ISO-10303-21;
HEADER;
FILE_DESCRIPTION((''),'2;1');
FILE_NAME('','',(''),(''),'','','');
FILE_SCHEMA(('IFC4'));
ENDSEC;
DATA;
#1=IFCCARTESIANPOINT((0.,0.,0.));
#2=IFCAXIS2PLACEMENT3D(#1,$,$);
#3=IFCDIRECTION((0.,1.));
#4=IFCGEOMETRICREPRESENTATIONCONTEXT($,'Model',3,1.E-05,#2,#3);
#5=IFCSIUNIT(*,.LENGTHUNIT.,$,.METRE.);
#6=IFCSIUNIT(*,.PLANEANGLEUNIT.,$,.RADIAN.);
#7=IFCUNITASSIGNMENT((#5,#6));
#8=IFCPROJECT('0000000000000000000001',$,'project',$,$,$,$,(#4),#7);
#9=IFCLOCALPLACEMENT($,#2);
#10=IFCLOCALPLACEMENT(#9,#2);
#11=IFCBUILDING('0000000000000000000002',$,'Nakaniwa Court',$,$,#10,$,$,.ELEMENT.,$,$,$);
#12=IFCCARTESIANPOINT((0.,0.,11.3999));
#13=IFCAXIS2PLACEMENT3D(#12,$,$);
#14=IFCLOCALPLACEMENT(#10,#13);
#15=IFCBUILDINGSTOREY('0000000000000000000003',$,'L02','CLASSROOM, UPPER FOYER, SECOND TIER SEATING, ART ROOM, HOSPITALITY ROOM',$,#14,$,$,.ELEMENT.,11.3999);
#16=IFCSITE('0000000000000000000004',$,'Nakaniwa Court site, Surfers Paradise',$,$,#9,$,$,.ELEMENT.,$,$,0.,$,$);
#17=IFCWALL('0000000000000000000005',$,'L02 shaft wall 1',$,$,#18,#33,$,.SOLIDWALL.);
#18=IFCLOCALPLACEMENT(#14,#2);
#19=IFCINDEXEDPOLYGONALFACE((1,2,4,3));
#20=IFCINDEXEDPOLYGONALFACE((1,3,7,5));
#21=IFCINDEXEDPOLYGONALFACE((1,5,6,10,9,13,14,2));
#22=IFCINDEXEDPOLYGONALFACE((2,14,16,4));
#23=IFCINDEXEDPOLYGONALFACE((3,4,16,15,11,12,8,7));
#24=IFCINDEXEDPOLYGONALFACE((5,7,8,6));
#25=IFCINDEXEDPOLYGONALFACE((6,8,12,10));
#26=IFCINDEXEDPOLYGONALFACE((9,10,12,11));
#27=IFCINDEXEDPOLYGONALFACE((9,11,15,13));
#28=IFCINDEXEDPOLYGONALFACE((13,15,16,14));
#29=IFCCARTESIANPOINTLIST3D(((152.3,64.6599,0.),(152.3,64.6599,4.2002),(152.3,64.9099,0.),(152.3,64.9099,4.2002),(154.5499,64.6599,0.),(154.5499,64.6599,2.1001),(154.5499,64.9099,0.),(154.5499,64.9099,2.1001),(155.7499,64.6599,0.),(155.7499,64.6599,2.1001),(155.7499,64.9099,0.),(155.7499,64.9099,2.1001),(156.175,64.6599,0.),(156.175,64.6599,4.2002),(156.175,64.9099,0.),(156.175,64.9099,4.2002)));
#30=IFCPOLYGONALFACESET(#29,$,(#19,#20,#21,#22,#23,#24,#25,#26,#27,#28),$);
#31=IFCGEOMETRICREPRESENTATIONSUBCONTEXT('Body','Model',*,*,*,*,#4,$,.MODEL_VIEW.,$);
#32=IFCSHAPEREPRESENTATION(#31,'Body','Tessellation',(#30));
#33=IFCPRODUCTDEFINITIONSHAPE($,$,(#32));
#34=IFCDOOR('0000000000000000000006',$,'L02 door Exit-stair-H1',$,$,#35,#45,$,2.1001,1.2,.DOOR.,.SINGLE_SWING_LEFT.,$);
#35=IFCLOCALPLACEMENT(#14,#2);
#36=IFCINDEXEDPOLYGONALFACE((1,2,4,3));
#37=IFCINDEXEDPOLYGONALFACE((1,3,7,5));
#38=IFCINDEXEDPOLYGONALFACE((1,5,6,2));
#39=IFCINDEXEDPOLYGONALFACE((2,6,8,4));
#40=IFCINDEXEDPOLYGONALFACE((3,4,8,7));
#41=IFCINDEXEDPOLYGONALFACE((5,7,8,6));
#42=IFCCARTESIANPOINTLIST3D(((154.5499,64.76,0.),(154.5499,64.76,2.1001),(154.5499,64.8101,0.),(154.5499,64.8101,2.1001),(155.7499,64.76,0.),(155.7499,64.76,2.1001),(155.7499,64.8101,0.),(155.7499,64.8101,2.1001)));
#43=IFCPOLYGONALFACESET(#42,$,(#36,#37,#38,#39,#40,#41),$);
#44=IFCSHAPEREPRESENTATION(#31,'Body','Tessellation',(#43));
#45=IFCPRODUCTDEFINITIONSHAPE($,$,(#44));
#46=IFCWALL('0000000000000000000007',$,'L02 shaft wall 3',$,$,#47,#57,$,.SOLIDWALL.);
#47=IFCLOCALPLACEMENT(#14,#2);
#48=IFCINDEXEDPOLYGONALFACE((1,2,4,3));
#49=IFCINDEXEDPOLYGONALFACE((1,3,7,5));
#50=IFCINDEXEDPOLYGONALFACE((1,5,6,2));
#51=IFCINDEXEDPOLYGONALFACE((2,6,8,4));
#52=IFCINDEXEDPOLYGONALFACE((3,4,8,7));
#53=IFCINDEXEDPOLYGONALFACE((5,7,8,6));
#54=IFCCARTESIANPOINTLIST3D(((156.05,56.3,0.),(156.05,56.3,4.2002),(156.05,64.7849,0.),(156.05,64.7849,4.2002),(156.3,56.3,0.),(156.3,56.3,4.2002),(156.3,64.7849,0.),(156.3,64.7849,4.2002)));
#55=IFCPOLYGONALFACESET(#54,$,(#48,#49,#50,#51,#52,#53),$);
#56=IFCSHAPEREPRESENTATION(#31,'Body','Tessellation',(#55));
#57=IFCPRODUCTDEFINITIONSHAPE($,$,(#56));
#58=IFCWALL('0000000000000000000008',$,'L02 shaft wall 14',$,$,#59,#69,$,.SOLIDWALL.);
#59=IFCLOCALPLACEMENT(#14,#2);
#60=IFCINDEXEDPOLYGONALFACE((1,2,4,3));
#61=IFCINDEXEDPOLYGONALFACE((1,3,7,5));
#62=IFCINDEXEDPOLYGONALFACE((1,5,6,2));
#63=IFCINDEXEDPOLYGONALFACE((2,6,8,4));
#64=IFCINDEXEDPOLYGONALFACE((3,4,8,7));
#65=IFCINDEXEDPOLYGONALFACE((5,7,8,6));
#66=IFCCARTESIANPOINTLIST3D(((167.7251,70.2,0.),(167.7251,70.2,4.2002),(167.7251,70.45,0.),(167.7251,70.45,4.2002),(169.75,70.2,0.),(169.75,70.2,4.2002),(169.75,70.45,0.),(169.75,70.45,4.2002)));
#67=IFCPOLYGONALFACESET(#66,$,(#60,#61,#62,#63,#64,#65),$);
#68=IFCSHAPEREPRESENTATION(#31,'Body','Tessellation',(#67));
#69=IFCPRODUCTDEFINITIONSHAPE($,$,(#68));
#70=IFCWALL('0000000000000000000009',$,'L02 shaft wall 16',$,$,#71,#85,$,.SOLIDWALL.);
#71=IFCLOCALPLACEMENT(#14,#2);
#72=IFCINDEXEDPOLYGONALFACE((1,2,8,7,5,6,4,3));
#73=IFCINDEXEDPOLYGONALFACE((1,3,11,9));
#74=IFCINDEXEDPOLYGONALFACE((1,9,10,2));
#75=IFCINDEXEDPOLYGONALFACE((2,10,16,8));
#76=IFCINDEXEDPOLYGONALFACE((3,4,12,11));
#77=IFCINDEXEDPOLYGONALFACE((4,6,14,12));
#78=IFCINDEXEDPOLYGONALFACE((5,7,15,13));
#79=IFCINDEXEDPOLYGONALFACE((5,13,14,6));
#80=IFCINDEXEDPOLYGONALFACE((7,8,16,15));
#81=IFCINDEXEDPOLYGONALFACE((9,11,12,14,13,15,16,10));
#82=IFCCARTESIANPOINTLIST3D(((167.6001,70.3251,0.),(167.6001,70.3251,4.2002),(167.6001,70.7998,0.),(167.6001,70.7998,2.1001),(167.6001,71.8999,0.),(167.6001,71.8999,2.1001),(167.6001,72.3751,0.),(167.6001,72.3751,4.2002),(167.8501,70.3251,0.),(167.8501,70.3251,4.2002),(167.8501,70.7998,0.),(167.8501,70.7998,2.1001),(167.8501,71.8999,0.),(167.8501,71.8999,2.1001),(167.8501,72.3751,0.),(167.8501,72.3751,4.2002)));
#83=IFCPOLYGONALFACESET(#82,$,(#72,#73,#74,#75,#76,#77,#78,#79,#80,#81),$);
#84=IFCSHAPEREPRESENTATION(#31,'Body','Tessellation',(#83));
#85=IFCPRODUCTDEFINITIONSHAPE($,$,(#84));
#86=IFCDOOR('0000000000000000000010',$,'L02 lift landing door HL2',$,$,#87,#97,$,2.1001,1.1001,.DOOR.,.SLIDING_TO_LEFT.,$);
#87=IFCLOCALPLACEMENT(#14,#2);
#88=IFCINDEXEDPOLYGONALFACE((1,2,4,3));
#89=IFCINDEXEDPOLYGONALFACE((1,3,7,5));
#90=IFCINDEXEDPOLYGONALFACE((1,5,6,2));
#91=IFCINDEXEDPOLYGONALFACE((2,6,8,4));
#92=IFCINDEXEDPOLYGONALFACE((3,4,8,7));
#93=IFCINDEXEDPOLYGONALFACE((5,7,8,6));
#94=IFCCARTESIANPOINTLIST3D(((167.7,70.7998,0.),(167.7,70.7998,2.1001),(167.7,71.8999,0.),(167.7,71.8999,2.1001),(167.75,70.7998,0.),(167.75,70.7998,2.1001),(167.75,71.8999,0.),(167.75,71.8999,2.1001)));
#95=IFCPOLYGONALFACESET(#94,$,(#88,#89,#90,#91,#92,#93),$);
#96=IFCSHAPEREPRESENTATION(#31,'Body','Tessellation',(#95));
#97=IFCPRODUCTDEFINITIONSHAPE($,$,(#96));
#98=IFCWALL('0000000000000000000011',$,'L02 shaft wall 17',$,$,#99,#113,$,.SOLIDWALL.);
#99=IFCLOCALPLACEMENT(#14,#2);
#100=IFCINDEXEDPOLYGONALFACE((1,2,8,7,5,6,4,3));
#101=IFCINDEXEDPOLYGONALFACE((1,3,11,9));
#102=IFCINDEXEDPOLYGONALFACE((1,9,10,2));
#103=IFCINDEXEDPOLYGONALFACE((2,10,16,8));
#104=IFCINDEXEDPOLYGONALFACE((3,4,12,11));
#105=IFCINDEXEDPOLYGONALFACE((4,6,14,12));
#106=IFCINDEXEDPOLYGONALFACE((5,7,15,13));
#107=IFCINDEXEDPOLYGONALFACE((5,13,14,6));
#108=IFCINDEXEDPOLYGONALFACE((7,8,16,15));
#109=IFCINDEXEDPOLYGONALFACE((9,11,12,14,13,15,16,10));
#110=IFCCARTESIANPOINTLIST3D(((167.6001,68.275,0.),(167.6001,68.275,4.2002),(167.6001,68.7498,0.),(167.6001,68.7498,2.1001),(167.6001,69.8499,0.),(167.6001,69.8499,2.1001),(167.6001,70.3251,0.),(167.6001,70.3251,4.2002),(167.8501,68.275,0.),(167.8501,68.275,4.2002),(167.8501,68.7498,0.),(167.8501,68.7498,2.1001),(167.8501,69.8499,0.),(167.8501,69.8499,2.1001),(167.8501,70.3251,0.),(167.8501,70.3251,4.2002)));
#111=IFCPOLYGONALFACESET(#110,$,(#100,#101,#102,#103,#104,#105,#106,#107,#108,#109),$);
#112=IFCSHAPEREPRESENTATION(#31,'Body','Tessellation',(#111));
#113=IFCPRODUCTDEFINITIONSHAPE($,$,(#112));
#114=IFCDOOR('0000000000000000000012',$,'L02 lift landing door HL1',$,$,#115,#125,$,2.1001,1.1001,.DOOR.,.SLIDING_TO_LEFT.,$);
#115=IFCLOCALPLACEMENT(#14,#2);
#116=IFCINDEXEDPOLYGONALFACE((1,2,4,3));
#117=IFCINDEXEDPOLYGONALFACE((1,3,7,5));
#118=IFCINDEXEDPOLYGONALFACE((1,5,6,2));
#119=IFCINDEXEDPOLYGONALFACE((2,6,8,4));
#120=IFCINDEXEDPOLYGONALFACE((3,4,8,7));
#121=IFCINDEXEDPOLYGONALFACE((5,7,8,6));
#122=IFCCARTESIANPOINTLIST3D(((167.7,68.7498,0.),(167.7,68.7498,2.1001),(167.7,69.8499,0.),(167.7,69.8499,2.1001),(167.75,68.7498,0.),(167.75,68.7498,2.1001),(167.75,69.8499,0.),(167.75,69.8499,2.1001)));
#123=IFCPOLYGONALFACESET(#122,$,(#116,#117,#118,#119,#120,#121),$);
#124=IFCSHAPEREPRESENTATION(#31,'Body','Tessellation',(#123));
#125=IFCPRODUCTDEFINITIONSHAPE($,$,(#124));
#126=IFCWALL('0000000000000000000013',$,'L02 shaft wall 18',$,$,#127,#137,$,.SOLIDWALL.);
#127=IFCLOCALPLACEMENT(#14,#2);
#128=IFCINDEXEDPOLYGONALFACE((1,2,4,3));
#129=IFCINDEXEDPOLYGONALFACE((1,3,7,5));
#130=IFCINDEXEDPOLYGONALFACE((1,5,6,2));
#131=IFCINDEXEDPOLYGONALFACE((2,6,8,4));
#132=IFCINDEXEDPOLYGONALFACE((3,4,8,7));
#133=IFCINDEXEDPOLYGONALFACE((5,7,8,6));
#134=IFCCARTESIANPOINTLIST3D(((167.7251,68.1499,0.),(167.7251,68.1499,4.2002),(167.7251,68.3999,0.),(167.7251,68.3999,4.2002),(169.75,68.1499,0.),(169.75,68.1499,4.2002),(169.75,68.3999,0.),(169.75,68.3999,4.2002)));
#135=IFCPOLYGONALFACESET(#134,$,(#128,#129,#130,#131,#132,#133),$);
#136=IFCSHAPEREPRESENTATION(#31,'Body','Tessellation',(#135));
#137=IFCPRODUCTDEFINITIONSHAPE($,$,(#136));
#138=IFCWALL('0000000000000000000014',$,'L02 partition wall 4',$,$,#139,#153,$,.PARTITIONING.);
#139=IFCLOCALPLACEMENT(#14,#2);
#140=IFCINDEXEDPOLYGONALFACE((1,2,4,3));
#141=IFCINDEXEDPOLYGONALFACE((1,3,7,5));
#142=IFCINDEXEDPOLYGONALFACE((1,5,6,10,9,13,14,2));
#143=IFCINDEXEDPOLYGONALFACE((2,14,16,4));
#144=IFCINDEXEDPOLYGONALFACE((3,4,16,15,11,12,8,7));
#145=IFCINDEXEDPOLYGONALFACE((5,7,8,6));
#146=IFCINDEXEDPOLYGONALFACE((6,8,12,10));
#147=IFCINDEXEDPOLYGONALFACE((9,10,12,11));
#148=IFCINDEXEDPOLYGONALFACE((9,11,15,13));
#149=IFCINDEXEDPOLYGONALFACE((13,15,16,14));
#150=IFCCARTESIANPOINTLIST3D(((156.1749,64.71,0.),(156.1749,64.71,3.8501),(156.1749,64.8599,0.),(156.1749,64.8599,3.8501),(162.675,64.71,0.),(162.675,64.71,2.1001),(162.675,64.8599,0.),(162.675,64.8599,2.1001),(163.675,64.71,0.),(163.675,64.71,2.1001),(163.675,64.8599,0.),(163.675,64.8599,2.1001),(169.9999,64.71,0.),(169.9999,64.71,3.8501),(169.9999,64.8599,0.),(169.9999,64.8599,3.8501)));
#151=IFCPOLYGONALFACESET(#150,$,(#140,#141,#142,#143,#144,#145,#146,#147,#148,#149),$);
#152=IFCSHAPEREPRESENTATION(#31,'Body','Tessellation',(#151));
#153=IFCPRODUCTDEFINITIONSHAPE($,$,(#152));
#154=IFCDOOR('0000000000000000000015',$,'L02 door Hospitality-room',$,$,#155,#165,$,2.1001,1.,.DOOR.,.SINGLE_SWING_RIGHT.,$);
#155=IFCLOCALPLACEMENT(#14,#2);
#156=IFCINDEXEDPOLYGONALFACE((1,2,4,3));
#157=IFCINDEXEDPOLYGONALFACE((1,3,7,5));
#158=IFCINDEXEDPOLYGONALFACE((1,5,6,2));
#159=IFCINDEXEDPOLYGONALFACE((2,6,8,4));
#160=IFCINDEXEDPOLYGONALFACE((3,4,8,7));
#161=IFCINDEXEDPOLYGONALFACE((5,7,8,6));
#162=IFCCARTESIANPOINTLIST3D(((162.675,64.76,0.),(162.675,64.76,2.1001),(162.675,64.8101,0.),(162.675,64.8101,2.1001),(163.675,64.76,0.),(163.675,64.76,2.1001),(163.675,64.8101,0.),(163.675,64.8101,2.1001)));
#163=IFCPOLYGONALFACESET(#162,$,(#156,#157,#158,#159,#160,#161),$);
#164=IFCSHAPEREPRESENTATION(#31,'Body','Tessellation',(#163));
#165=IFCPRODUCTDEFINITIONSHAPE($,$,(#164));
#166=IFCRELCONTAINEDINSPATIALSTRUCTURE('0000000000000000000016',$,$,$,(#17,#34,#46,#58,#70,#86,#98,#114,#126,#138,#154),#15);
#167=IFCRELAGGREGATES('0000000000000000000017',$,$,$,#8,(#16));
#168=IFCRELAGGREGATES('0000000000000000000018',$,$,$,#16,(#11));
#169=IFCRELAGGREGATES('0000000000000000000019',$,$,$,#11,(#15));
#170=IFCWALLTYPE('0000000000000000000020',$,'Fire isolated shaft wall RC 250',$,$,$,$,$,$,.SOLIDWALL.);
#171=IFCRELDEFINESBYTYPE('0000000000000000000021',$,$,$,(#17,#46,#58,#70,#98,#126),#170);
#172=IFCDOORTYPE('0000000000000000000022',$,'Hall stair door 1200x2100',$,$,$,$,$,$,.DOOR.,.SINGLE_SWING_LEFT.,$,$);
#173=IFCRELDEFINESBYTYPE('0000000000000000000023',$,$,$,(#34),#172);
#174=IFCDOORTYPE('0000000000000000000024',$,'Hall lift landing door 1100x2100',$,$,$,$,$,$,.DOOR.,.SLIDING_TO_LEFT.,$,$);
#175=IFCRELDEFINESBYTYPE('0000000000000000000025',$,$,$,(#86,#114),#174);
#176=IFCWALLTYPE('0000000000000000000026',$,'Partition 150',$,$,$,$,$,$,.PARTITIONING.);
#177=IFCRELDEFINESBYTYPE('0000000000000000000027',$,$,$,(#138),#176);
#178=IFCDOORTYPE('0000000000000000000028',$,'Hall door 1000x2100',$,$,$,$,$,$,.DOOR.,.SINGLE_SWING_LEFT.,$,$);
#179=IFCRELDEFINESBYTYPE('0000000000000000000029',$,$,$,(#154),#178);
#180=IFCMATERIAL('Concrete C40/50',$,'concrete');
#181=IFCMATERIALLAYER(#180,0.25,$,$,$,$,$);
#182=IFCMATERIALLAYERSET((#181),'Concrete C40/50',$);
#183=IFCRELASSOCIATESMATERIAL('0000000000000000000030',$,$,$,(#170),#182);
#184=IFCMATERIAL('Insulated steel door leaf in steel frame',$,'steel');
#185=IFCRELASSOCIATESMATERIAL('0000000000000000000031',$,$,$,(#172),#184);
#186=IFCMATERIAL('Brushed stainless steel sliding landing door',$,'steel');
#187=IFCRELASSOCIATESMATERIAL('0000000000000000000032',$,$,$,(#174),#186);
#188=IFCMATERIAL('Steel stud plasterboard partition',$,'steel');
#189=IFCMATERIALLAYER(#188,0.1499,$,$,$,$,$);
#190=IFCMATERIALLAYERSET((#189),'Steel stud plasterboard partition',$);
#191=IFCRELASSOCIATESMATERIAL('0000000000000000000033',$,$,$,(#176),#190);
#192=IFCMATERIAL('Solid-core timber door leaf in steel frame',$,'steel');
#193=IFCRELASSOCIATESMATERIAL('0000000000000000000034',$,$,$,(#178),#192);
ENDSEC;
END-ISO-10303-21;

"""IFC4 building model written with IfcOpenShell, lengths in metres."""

from ifc_helpers import new_model, si_unit, direction, frame, frame_2d, origin, place, context, subcontext, project, spatial, rectangle, extrude, material, layer, layer_set, type_object, element, fill, save


model = new_model("IFC4")

# Units and contexts
model_context = context("Model", 3, precision=1e-05, world=origin(), true_north=direction((0.0, 1.0)))
body_context = subcontext(model_context, "Body", "Model", "MODEL_VIEW")
ifc_project = project(units=[si_unit("LENGTHUNIT", "METRE"), si_unit("PLANEANGLEUNIT", "RADIAN")], contexts=[model_context])

# Site, building, storey
site_placement = place(None, origin())
site = spatial("IfcSite", under=ifc_project, at=site_placement, Name="Nakaniwa Court site, Surfers Paradise", CompositionType="ELEMENT", RefElevation=0.0)
building_placement = place(site_placement, origin())
building = spatial("IfcBuilding", under=site, at=building_placement, Name="Nakaniwa Court", CompositionType="ELEMENT")
storey_placement = place(building_placement, frame((0.0, 0.0, 11.3999)))
storey = spatial("IfcBuildingStorey", under=building, at=storey_placement, Name="L02", Description="CLASSROOM, UPPER FOYER, SECOND TIER SEATING, ART ROOM, HOSPITALITY ROOM", CompositionType="ELEMENT", Elevation=11.3999)

# Wall, opening, door
ifc_material_1 = material(Name="Concrete C40/50", Category="concrete")
ifc_layer_1 = layer(ifc_material_1, 0.25)
ifc_layer_set_1 = layer_set([ifc_layer_1], Name="Concrete C40/50")
wall_type_1 = type_object("IfcWallType", Name="Fire isolated shaft wall RC 250", PredefinedType="SOLIDWALL", material=ifc_layer_set_1)
wall_1_placement = place(storey_placement, frame((156.175, 64.7849, 0.0), z_axis=(0.0, 0.0, 1.0), x_axis=(-1.0, 0.0, 0.0)))
wall_1 = element("IfcWall", 1, at=wall_1_placement, inside=storey, type_object=wall_type_1, Name="L02 shaft wall 1", PredefinedType="SOLIDWALL", context=body_context, shape_type="SweptSolid", body=[
    extrude(rectangle(XDim=3.875, YDim=0.25, at=frame_2d((1.9375, 0.0))), origin(), (0.0, 0.0, 1.0), 4.2002),
])
opening_1_placement = place(wall_1_placement, frame((0.425, 0.0, 0.0)))
opening_1 = element("IfcOpeningElement", 2, at=opening_1_placement, cuts=wall_1, PredefinedType="OPENING", context=body_context, shape_type="SweptSolid", body=[
    extrude(rectangle(XDim=1.2, YDim=2.1001, at=frame_2d((0.6001, 1.05))), frame((0.0, 0.135, 0.0), z_axis=(0.0, -1.0, 0.0), x_axis=(1.0, 0.0, 0.0)), (0.0, 0.0, 1.0), 0.27),
])
ifc_material_2 = material(Name="Insulated steel door leaf in steel frame", Category="steel")
door_type_1 = type_object("IfcDoorType", Name="Hall stair door 1200x2100", OperationType="SINGLE_SWING_LEFT", PredefinedType="DOOR", material=ifc_material_2)
door_1_placement = place(opening_1_placement, origin())
door_1 = element("IfcDoor", 3, at=door_1_placement, inside=storey, type_object=door_type_1, Name="L02 door Exit-stair-H1", OperationType="SINGLE_SWING_LEFT", OverallHeight=2.1001, OverallWidth=1.2, PredefinedType="DOOR", context=body_context, shape_type="SweptSolid", body=[
    extrude(rectangle(XDim=1.2, YDim=2.1001, at=frame_2d((0.6001, 1.05))), frame((0.0, 0.0249, 0.0), z_axis=(0.0, -1.0, 0.0), x_axis=(1.0, 0.0, 0.0)), (0.0, 0.0, 1.0), 0.05),
])
fill(opening_1, door_1)

# Walls
wall_2_placement = place(storey_placement, frame((156.175, 64.7849, 0.0), z_axis=(0.0, 0.0, 1.0), x_axis=(0.0, -1.0, 0.0)))
element("IfcWall", 4, at=wall_2_placement, inside=storey, type_object=wall_type_1, Name="L02 shaft wall 3", PredefinedType="SOLIDWALL", context=body_context, shape_type="SweptSolid", body=[
    extrude(rectangle(XDim=8.4849, YDim=0.25, at=frame_2d((4.2424, 0.0))), origin(), (0.0, 0.0, 1.0), 4.2002),
])
wall_3_placement = place(storey_placement, frame((167.7251, 70.325, 0.0), z_axis=(0.0, 0.0, 1.0), x_axis=(1.0, 0.0, 0.0)))
element("IfcWall", 5, at=wall_3_placement, inside=storey, type_object=wall_type_1, Name="L02 shaft wall 14", PredefinedType="SOLIDWALL", context=body_context, shape_type="SweptSolid", body=[
    extrude(rectangle(XDim=2.0249, YDim=0.25, at=frame_2d((1.0125, 0.0))), origin(), (0.0, 0.0, 1.0), 4.2002),
])

# Walls, openings, doors
wall_4_placement = place(storey_placement, frame((167.7251, 72.375, 0.0), z_axis=(0.0, 0.0, 1.0), x_axis=(0.0, -1.0, 0.0)))
wall_4 = element("IfcWall", 6, at=wall_4_placement, inside=storey, type_object=wall_type_1, Name="L02 shaft wall 16", PredefinedType="SOLIDWALL", context=body_context, shape_type="SweptSolid", body=[
    extrude(rectangle(XDim=2.05, YDim=0.25, at=frame_2d((1.0249, 0.0))), origin(), (0.0, 0.0, 1.0), 4.2002),
])
opening_2_placement = place(wall_4_placement, frame((0.4751, 0.0, 0.0)))
opening_2 = element("IfcOpeningElement", 7, at=opening_2_placement, cuts=wall_4, PredefinedType="OPENING", context=body_context, shape_type="SweptSolid", body=[
    extrude(rectangle(XDim=1.1001, YDim=2.1001, at=frame_2d((0.55, 1.05))), frame((0.0, 0.135, 0.0), z_axis=(0.0, -1.0, 0.0), x_axis=(1.0, 0.0, 0.0)), (0.0, 0.0, 1.0), 0.27),
])
ifc_material_3 = material(Name="Brushed stainless steel sliding landing door", Category="steel")
door_type_2 = type_object("IfcDoorType", Name="Hall lift landing door 1100x2100", OperationType="SLIDING_TO_LEFT", PredefinedType="DOOR", material=ifc_material_3)
door_2_placement = place(opening_2_placement, origin())
door_2 = element("IfcDoor", 8, at=door_2_placement, inside=storey, type_object=door_type_2, Name="L02 lift landing door HL2", OperationType="SLIDING_TO_LEFT", OverallHeight=2.1001, OverallWidth=1.1001, PredefinedType="DOOR", context=body_context, shape_type="SweptSolid", body=[
    extrude(rectangle(XDim=1.1001, YDim=2.1001, at=frame_2d((0.55, 1.05))), frame((0.0, 0.0249, 0.0), z_axis=(0.0, -1.0, 0.0), x_axis=(1.0, 0.0, 0.0)), (0.0, 0.0, 1.0), 0.05),
])
fill(opening_2, door_2)
wall_5_placement = place(storey_placement, frame((167.7251, 70.325, 0.0), z_axis=(0.0, 0.0, 1.0), x_axis=(0.0, -1.0, 0.0)))
wall_5 = element("IfcWall", 9, at=wall_5_placement, inside=storey, type_object=wall_type_1, Name="L02 shaft wall 17", PredefinedType="SOLIDWALL", context=body_context, shape_type="SweptSolid", body=[
    extrude(rectangle(XDim=2.05, YDim=0.25, at=frame_2d((1.0249, 0.0))), origin(), (0.0, 0.0, 1.0), 4.2002),
])
opening_3_placement = place(wall_5_placement, frame((0.4751, 0.0, 0.0)))
opening_3 = element("IfcOpeningElement", 10, at=opening_3_placement, cuts=wall_5, PredefinedType="OPENING", context=body_context, shape_type="SweptSolid", body=[
    extrude(rectangle(XDim=1.1001, YDim=2.1001, at=frame_2d((0.55, 1.05))), frame((0.0, 0.135, 0.0), z_axis=(0.0, -1.0, 0.0), x_axis=(1.0, 0.0, 0.0)), (0.0, 0.0, 1.0), 0.27),
])
door_3_placement = place(opening_3_placement, origin())
door_3 = element("IfcDoor", 11, at=door_3_placement, inside=storey, type_object=door_type_2, Name="L02 lift landing door HL1", OperationType="SLIDING_TO_LEFT", OverallHeight=2.1001, OverallWidth=1.1001, PredefinedType="DOOR", context=body_context, shape_type="SweptSolid", body=[
    extrude(rectangle(XDim=1.1001, YDim=2.1001, at=frame_2d((0.55, 1.05))), frame((0.0, 0.0249, 0.0), z_axis=(0.0, -1.0, 0.0), x_axis=(1.0, 0.0, 0.0)), (0.0, 0.0, 1.0), 0.05),
])
fill(opening_3, door_3)

# Wall
wall_6_placement = place(storey_placement, frame((167.7251, 68.2749, 0.0), z_axis=(0.0, 0.0, 1.0), x_axis=(1.0, 0.0, 0.0)))
element("IfcWall", 12, at=wall_6_placement, inside=storey, type_object=wall_type_1, Name="L02 shaft wall 18", PredefinedType="SOLIDWALL", context=body_context, shape_type="SweptSolid", body=[
    extrude(rectangle(XDim=2.0249, YDim=0.25, at=frame_2d((1.0125, 0.0))), origin(), (0.0, 0.0, 1.0), 4.2002),
])

# Wall, opening, door
ifc_material_4 = material(Name="Steel stud plasterboard partition", Category="steel")
ifc_layer_2 = layer(ifc_material_4, 0.1499)
ifc_layer_set_2 = layer_set([ifc_layer_2], Name="Steel stud plasterboard partition")
wall_type_2 = type_object("IfcWallType", Name="Partition 150", PredefinedType="PARTITIONING", material=ifc_layer_set_2)
wall_7_placement = place(storey_placement, frame((170.0, 64.7849, 0.0), z_axis=(0.0, 0.0, 1.0), x_axis=(-1.0, 0.0, 0.0)))
wall_7 = element("IfcWall", 13, at=wall_7_placement, inside=storey, type_object=wall_type_2, Name="L02 partition wall 4", PredefinedType="PARTITIONING", context=body_context, shape_type="SweptSolid", body=[
    extrude(rectangle(XDim=13.825, YDim=0.1499, at=frame_2d((6.9126, 0.0))), origin(), (0.0, 0.0, 1.0), 3.8501),
])
opening_4_placement = place(wall_7_placement, frame((6.325, 0.0, 0.0)))
opening_4 = element("IfcOpeningElement", 14, at=opening_4_placement, cuts=wall_7, PredefinedType="OPENING", context=body_context, shape_type="SweptSolid", body=[
    extrude(rectangle(XDim=1.0, YDim=2.1001, at=frame_2d((0.5, 1.05))), frame((0.0, 0.085, 0.0), z_axis=(0.0, -1.0, 0.0), x_axis=(1.0, 0.0, 0.0)), (0.0, 0.0, 1.0), 0.1699),
])
ifc_material_5 = material(Name="Solid-core timber door leaf in steel frame", Category="steel")
door_type_3 = type_object("IfcDoorType", Name="Hall door 1000x2100", OperationType="SINGLE_SWING_LEFT", PredefinedType="DOOR", material=ifc_material_5)
door_4_placement = place(opening_4_placement, origin())
door_4 = element("IfcDoor", 15, at=door_4_placement, inside=storey, type_object=door_type_3, Name="L02 door Hospitality-room", OperationType="SINGLE_SWING_RIGHT", OverallHeight=2.1001, OverallWidth=1.0, PredefinedType="DOOR", context=body_context, shape_type="SweptSolid", body=[
    extrude(rectangle(XDim=1.0, YDim=2.1001, at=frame_2d((0.5, 1.05))), frame((0.0, 0.0249, 0.0), z_axis=(0.0, -1.0, 0.0), x_axis=(1.0, 0.0, 0.0)), (0.0, 0.0, 1.0), 0.05),
])
fill(opening_4, door_4)

save(model, "model.ifc")
